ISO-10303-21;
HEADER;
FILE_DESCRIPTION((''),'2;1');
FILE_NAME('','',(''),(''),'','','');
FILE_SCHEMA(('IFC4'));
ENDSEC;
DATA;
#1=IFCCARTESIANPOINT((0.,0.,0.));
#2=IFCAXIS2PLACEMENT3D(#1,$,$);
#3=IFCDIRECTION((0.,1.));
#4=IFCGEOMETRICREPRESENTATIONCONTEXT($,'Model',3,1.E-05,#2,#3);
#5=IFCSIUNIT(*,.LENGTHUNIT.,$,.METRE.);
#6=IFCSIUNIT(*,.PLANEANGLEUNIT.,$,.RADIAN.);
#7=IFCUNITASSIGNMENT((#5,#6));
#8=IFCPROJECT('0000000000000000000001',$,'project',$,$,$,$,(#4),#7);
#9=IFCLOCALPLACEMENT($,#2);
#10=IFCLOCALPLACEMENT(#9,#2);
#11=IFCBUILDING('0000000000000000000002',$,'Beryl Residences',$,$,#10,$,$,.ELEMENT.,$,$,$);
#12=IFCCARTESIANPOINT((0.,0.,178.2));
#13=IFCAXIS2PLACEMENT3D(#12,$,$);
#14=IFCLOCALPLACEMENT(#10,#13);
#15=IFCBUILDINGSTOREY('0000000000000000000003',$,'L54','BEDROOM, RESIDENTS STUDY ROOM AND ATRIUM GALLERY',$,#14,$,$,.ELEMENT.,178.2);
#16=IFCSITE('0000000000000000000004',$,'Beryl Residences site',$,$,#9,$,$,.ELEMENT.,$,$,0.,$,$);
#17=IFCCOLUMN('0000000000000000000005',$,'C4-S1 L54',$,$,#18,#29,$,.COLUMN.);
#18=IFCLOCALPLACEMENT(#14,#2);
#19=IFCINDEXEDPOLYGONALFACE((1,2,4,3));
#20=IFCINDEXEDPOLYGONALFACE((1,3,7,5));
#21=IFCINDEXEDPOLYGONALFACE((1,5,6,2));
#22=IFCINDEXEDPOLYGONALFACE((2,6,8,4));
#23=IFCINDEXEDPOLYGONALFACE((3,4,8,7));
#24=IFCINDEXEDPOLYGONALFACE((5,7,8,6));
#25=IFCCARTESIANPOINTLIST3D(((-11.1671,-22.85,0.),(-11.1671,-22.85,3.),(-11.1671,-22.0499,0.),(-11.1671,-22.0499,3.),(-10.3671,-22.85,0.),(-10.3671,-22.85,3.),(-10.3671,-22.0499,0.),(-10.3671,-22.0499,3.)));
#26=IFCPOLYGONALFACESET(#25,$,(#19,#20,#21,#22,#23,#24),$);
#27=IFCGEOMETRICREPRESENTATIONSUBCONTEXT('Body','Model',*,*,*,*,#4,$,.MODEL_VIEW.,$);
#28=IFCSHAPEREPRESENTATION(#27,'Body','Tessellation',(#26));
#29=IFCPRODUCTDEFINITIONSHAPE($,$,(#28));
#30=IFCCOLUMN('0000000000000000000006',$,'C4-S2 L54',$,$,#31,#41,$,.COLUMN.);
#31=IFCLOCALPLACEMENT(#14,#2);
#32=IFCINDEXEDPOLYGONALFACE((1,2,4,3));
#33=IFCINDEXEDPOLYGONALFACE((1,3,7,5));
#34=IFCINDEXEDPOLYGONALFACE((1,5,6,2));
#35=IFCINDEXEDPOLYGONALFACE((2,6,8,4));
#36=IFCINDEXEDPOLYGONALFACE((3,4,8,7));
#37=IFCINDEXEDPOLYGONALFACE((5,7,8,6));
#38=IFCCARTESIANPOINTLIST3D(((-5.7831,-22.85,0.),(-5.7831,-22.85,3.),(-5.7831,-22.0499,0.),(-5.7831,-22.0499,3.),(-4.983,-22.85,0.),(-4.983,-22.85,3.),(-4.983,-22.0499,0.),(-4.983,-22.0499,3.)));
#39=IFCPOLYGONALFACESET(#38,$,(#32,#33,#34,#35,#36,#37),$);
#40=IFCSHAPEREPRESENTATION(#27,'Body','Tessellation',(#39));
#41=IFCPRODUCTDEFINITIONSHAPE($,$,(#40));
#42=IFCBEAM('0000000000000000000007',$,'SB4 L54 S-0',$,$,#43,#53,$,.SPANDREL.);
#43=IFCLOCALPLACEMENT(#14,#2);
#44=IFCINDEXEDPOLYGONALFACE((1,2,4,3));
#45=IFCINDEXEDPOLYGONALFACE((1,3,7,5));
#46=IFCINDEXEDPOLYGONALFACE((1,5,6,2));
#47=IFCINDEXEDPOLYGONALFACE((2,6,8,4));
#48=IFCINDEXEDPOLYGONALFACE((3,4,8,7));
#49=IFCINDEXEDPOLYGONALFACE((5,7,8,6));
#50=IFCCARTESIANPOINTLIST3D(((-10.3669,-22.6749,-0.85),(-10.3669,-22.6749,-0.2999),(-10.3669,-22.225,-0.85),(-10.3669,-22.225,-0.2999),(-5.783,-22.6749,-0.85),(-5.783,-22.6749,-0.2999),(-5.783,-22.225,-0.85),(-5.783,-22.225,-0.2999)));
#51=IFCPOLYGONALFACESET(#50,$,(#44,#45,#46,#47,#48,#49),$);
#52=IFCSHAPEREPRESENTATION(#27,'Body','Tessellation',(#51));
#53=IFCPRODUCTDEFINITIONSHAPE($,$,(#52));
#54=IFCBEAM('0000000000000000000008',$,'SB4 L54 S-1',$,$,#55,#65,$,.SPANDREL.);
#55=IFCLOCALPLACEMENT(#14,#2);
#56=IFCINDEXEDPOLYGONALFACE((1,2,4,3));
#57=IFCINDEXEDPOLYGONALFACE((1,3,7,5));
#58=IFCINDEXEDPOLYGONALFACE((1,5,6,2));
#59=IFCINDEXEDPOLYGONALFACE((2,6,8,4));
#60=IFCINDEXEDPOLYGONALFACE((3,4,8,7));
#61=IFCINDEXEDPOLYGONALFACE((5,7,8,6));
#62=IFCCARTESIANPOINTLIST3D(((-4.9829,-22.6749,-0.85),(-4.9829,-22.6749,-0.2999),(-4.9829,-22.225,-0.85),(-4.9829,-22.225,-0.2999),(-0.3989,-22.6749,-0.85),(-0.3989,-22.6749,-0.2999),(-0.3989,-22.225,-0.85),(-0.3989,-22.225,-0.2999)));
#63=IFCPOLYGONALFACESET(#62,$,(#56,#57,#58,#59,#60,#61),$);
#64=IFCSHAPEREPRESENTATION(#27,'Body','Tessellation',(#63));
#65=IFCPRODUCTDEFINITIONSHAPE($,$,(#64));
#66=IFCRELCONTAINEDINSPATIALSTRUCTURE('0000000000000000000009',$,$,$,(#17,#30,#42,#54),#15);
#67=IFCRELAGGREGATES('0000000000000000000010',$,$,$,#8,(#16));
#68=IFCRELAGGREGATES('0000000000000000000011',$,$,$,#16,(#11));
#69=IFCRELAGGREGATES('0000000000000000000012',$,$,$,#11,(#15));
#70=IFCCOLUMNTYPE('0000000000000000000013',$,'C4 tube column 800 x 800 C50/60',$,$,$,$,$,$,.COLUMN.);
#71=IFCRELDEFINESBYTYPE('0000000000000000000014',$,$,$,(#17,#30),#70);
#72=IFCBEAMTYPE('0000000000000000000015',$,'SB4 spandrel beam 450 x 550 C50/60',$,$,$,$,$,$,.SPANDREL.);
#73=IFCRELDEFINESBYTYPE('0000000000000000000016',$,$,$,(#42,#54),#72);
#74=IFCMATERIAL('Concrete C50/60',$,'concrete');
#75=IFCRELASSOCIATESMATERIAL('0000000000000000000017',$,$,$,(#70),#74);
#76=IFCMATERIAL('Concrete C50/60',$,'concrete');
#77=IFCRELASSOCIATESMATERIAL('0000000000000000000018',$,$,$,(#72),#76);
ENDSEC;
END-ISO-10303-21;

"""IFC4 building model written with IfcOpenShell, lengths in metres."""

from ifc_helpers import new_model, si_unit, direction, frame, origin, origin_2d, place, context, subcontext, project, spatial, rectangle, extrude, material, material_profile, profile_set, type_object, element, save


model = new_model("IFC4")

# Units and contexts
model_context = context("Model", 3, precision=1e-05, world=origin(), true_north=direction((0.0, 1.0)))
body_context = subcontext(model_context, "Body", "Model", "MODEL_VIEW")
ifc_project = project(units=[si_unit("LENGTHUNIT", "METRE"), si_unit("PLANEANGLEUNIT", "RADIAN")], contexts=[model_context])

# Site, building, storey
site_placement = place(None, origin())
site = spatial("IfcSite", under=ifc_project, at=site_placement, Name="Beryl Residences site", CompositionType="ELEMENT", RefElevation=0.0)
building_placement = place(site_placement, origin())
building = spatial("IfcBuilding", under=site, at=building_placement, Name="Beryl Residences", CompositionType="ELEMENT")
storey_placement = place(building_placement, frame((0.0, 0.0, 178.2)))
storey = spatial("IfcBuildingStorey", under=building, at=storey_placement, Name="L54", Description="BEDROOM, RESIDENTS STUDY ROOM AND ATRIUM GALLERY", CompositionType="ELEMENT", Elevation=178.2)

# Columns
ifc_material_1 = material(Name="Concrete C50/60", Category="concrete")
ifc_material_profile_1 = material_profile(ifc_material_1, rectangle(XDim=0.8, YDim=0.8, at=origin_2d()))
ifc_profile_set_1 = profile_set([ifc_material_profile_1], Name="Concrete C50/60")
column_type = type_object("IfcColumnType", Name="C4 tube column 800 x 800 C50/60", PredefinedType="COLUMN", material=ifc_profile_set_1)
for number, where, z_axis, x_axis, name in (
    (1, (-10.7671, -22.45, 0.0), (0.0, 0.0, 1.0), (1.0, 0.0, 0.0), "C4-S1 L54"),
    (2, (-5.3831, -22.45, 0.0), (0.0, 0.0, 1.0), (1.0, 0.0, 0.0), "C4-S2 L54"),
):
    element("IfcColumn", number, at=place(storey_placement, frame(where, z_axis=z_axis, x_axis=x_axis)), inside=storey, type_object=column_type, Name=name, PredefinedType="COLUMN", context=body_context, shape_type="SweptSolid", body=[
        extrude(rectangle(XDim=0.8, YDim=0.8, at=origin_2d()), origin(), (0.0, 0.0, 1.0), 3.0),
    ])

# Beams
ifc_material_2 = material(Name="Concrete C50/60", Category="concrete")
ifc_material_profile_2 = material_profile(ifc_material_2, rectangle(XDim=0.45, YDim=0.55, at=origin_2d()))
ifc_profile_set_2 = profile_set([ifc_material_profile_2], Name="Concrete C50/60")
beam_type = type_object("IfcBeamType", Name="SB4 spandrel beam 450 x 550 C50/60", PredefinedType="SPANDREL", material=ifc_profile_set_2)
for number, where, z_axis, x_axis, name in (
    (3, (-10.3669, -22.45, -0.575), (1.0, 0.0, 0.0), (0.0, 1.0, 0.0), "SB4 L54 S-0"),
    (4, (-4.9829, -22.45, -0.575), (1.0, 0.0, 0.0), (0.0, 1.0, 0.0), "SB4 L54 S-1"),
):
    element("IfcBeam", number, at=place(storey_placement, frame(where, z_axis=z_axis, x_axis=x_axis)), inside=storey, type_object=beam_type, Name=name, PredefinedType="SPANDREL", context=body_context, shape_type="SweptSolid", body=[
        extrude(rectangle(XDim=0.45, YDim=0.55, at=origin_2d()), origin(), (0.0, 0.0, 1.0), 4.584),
    ])

save(model, "model.ifc")
